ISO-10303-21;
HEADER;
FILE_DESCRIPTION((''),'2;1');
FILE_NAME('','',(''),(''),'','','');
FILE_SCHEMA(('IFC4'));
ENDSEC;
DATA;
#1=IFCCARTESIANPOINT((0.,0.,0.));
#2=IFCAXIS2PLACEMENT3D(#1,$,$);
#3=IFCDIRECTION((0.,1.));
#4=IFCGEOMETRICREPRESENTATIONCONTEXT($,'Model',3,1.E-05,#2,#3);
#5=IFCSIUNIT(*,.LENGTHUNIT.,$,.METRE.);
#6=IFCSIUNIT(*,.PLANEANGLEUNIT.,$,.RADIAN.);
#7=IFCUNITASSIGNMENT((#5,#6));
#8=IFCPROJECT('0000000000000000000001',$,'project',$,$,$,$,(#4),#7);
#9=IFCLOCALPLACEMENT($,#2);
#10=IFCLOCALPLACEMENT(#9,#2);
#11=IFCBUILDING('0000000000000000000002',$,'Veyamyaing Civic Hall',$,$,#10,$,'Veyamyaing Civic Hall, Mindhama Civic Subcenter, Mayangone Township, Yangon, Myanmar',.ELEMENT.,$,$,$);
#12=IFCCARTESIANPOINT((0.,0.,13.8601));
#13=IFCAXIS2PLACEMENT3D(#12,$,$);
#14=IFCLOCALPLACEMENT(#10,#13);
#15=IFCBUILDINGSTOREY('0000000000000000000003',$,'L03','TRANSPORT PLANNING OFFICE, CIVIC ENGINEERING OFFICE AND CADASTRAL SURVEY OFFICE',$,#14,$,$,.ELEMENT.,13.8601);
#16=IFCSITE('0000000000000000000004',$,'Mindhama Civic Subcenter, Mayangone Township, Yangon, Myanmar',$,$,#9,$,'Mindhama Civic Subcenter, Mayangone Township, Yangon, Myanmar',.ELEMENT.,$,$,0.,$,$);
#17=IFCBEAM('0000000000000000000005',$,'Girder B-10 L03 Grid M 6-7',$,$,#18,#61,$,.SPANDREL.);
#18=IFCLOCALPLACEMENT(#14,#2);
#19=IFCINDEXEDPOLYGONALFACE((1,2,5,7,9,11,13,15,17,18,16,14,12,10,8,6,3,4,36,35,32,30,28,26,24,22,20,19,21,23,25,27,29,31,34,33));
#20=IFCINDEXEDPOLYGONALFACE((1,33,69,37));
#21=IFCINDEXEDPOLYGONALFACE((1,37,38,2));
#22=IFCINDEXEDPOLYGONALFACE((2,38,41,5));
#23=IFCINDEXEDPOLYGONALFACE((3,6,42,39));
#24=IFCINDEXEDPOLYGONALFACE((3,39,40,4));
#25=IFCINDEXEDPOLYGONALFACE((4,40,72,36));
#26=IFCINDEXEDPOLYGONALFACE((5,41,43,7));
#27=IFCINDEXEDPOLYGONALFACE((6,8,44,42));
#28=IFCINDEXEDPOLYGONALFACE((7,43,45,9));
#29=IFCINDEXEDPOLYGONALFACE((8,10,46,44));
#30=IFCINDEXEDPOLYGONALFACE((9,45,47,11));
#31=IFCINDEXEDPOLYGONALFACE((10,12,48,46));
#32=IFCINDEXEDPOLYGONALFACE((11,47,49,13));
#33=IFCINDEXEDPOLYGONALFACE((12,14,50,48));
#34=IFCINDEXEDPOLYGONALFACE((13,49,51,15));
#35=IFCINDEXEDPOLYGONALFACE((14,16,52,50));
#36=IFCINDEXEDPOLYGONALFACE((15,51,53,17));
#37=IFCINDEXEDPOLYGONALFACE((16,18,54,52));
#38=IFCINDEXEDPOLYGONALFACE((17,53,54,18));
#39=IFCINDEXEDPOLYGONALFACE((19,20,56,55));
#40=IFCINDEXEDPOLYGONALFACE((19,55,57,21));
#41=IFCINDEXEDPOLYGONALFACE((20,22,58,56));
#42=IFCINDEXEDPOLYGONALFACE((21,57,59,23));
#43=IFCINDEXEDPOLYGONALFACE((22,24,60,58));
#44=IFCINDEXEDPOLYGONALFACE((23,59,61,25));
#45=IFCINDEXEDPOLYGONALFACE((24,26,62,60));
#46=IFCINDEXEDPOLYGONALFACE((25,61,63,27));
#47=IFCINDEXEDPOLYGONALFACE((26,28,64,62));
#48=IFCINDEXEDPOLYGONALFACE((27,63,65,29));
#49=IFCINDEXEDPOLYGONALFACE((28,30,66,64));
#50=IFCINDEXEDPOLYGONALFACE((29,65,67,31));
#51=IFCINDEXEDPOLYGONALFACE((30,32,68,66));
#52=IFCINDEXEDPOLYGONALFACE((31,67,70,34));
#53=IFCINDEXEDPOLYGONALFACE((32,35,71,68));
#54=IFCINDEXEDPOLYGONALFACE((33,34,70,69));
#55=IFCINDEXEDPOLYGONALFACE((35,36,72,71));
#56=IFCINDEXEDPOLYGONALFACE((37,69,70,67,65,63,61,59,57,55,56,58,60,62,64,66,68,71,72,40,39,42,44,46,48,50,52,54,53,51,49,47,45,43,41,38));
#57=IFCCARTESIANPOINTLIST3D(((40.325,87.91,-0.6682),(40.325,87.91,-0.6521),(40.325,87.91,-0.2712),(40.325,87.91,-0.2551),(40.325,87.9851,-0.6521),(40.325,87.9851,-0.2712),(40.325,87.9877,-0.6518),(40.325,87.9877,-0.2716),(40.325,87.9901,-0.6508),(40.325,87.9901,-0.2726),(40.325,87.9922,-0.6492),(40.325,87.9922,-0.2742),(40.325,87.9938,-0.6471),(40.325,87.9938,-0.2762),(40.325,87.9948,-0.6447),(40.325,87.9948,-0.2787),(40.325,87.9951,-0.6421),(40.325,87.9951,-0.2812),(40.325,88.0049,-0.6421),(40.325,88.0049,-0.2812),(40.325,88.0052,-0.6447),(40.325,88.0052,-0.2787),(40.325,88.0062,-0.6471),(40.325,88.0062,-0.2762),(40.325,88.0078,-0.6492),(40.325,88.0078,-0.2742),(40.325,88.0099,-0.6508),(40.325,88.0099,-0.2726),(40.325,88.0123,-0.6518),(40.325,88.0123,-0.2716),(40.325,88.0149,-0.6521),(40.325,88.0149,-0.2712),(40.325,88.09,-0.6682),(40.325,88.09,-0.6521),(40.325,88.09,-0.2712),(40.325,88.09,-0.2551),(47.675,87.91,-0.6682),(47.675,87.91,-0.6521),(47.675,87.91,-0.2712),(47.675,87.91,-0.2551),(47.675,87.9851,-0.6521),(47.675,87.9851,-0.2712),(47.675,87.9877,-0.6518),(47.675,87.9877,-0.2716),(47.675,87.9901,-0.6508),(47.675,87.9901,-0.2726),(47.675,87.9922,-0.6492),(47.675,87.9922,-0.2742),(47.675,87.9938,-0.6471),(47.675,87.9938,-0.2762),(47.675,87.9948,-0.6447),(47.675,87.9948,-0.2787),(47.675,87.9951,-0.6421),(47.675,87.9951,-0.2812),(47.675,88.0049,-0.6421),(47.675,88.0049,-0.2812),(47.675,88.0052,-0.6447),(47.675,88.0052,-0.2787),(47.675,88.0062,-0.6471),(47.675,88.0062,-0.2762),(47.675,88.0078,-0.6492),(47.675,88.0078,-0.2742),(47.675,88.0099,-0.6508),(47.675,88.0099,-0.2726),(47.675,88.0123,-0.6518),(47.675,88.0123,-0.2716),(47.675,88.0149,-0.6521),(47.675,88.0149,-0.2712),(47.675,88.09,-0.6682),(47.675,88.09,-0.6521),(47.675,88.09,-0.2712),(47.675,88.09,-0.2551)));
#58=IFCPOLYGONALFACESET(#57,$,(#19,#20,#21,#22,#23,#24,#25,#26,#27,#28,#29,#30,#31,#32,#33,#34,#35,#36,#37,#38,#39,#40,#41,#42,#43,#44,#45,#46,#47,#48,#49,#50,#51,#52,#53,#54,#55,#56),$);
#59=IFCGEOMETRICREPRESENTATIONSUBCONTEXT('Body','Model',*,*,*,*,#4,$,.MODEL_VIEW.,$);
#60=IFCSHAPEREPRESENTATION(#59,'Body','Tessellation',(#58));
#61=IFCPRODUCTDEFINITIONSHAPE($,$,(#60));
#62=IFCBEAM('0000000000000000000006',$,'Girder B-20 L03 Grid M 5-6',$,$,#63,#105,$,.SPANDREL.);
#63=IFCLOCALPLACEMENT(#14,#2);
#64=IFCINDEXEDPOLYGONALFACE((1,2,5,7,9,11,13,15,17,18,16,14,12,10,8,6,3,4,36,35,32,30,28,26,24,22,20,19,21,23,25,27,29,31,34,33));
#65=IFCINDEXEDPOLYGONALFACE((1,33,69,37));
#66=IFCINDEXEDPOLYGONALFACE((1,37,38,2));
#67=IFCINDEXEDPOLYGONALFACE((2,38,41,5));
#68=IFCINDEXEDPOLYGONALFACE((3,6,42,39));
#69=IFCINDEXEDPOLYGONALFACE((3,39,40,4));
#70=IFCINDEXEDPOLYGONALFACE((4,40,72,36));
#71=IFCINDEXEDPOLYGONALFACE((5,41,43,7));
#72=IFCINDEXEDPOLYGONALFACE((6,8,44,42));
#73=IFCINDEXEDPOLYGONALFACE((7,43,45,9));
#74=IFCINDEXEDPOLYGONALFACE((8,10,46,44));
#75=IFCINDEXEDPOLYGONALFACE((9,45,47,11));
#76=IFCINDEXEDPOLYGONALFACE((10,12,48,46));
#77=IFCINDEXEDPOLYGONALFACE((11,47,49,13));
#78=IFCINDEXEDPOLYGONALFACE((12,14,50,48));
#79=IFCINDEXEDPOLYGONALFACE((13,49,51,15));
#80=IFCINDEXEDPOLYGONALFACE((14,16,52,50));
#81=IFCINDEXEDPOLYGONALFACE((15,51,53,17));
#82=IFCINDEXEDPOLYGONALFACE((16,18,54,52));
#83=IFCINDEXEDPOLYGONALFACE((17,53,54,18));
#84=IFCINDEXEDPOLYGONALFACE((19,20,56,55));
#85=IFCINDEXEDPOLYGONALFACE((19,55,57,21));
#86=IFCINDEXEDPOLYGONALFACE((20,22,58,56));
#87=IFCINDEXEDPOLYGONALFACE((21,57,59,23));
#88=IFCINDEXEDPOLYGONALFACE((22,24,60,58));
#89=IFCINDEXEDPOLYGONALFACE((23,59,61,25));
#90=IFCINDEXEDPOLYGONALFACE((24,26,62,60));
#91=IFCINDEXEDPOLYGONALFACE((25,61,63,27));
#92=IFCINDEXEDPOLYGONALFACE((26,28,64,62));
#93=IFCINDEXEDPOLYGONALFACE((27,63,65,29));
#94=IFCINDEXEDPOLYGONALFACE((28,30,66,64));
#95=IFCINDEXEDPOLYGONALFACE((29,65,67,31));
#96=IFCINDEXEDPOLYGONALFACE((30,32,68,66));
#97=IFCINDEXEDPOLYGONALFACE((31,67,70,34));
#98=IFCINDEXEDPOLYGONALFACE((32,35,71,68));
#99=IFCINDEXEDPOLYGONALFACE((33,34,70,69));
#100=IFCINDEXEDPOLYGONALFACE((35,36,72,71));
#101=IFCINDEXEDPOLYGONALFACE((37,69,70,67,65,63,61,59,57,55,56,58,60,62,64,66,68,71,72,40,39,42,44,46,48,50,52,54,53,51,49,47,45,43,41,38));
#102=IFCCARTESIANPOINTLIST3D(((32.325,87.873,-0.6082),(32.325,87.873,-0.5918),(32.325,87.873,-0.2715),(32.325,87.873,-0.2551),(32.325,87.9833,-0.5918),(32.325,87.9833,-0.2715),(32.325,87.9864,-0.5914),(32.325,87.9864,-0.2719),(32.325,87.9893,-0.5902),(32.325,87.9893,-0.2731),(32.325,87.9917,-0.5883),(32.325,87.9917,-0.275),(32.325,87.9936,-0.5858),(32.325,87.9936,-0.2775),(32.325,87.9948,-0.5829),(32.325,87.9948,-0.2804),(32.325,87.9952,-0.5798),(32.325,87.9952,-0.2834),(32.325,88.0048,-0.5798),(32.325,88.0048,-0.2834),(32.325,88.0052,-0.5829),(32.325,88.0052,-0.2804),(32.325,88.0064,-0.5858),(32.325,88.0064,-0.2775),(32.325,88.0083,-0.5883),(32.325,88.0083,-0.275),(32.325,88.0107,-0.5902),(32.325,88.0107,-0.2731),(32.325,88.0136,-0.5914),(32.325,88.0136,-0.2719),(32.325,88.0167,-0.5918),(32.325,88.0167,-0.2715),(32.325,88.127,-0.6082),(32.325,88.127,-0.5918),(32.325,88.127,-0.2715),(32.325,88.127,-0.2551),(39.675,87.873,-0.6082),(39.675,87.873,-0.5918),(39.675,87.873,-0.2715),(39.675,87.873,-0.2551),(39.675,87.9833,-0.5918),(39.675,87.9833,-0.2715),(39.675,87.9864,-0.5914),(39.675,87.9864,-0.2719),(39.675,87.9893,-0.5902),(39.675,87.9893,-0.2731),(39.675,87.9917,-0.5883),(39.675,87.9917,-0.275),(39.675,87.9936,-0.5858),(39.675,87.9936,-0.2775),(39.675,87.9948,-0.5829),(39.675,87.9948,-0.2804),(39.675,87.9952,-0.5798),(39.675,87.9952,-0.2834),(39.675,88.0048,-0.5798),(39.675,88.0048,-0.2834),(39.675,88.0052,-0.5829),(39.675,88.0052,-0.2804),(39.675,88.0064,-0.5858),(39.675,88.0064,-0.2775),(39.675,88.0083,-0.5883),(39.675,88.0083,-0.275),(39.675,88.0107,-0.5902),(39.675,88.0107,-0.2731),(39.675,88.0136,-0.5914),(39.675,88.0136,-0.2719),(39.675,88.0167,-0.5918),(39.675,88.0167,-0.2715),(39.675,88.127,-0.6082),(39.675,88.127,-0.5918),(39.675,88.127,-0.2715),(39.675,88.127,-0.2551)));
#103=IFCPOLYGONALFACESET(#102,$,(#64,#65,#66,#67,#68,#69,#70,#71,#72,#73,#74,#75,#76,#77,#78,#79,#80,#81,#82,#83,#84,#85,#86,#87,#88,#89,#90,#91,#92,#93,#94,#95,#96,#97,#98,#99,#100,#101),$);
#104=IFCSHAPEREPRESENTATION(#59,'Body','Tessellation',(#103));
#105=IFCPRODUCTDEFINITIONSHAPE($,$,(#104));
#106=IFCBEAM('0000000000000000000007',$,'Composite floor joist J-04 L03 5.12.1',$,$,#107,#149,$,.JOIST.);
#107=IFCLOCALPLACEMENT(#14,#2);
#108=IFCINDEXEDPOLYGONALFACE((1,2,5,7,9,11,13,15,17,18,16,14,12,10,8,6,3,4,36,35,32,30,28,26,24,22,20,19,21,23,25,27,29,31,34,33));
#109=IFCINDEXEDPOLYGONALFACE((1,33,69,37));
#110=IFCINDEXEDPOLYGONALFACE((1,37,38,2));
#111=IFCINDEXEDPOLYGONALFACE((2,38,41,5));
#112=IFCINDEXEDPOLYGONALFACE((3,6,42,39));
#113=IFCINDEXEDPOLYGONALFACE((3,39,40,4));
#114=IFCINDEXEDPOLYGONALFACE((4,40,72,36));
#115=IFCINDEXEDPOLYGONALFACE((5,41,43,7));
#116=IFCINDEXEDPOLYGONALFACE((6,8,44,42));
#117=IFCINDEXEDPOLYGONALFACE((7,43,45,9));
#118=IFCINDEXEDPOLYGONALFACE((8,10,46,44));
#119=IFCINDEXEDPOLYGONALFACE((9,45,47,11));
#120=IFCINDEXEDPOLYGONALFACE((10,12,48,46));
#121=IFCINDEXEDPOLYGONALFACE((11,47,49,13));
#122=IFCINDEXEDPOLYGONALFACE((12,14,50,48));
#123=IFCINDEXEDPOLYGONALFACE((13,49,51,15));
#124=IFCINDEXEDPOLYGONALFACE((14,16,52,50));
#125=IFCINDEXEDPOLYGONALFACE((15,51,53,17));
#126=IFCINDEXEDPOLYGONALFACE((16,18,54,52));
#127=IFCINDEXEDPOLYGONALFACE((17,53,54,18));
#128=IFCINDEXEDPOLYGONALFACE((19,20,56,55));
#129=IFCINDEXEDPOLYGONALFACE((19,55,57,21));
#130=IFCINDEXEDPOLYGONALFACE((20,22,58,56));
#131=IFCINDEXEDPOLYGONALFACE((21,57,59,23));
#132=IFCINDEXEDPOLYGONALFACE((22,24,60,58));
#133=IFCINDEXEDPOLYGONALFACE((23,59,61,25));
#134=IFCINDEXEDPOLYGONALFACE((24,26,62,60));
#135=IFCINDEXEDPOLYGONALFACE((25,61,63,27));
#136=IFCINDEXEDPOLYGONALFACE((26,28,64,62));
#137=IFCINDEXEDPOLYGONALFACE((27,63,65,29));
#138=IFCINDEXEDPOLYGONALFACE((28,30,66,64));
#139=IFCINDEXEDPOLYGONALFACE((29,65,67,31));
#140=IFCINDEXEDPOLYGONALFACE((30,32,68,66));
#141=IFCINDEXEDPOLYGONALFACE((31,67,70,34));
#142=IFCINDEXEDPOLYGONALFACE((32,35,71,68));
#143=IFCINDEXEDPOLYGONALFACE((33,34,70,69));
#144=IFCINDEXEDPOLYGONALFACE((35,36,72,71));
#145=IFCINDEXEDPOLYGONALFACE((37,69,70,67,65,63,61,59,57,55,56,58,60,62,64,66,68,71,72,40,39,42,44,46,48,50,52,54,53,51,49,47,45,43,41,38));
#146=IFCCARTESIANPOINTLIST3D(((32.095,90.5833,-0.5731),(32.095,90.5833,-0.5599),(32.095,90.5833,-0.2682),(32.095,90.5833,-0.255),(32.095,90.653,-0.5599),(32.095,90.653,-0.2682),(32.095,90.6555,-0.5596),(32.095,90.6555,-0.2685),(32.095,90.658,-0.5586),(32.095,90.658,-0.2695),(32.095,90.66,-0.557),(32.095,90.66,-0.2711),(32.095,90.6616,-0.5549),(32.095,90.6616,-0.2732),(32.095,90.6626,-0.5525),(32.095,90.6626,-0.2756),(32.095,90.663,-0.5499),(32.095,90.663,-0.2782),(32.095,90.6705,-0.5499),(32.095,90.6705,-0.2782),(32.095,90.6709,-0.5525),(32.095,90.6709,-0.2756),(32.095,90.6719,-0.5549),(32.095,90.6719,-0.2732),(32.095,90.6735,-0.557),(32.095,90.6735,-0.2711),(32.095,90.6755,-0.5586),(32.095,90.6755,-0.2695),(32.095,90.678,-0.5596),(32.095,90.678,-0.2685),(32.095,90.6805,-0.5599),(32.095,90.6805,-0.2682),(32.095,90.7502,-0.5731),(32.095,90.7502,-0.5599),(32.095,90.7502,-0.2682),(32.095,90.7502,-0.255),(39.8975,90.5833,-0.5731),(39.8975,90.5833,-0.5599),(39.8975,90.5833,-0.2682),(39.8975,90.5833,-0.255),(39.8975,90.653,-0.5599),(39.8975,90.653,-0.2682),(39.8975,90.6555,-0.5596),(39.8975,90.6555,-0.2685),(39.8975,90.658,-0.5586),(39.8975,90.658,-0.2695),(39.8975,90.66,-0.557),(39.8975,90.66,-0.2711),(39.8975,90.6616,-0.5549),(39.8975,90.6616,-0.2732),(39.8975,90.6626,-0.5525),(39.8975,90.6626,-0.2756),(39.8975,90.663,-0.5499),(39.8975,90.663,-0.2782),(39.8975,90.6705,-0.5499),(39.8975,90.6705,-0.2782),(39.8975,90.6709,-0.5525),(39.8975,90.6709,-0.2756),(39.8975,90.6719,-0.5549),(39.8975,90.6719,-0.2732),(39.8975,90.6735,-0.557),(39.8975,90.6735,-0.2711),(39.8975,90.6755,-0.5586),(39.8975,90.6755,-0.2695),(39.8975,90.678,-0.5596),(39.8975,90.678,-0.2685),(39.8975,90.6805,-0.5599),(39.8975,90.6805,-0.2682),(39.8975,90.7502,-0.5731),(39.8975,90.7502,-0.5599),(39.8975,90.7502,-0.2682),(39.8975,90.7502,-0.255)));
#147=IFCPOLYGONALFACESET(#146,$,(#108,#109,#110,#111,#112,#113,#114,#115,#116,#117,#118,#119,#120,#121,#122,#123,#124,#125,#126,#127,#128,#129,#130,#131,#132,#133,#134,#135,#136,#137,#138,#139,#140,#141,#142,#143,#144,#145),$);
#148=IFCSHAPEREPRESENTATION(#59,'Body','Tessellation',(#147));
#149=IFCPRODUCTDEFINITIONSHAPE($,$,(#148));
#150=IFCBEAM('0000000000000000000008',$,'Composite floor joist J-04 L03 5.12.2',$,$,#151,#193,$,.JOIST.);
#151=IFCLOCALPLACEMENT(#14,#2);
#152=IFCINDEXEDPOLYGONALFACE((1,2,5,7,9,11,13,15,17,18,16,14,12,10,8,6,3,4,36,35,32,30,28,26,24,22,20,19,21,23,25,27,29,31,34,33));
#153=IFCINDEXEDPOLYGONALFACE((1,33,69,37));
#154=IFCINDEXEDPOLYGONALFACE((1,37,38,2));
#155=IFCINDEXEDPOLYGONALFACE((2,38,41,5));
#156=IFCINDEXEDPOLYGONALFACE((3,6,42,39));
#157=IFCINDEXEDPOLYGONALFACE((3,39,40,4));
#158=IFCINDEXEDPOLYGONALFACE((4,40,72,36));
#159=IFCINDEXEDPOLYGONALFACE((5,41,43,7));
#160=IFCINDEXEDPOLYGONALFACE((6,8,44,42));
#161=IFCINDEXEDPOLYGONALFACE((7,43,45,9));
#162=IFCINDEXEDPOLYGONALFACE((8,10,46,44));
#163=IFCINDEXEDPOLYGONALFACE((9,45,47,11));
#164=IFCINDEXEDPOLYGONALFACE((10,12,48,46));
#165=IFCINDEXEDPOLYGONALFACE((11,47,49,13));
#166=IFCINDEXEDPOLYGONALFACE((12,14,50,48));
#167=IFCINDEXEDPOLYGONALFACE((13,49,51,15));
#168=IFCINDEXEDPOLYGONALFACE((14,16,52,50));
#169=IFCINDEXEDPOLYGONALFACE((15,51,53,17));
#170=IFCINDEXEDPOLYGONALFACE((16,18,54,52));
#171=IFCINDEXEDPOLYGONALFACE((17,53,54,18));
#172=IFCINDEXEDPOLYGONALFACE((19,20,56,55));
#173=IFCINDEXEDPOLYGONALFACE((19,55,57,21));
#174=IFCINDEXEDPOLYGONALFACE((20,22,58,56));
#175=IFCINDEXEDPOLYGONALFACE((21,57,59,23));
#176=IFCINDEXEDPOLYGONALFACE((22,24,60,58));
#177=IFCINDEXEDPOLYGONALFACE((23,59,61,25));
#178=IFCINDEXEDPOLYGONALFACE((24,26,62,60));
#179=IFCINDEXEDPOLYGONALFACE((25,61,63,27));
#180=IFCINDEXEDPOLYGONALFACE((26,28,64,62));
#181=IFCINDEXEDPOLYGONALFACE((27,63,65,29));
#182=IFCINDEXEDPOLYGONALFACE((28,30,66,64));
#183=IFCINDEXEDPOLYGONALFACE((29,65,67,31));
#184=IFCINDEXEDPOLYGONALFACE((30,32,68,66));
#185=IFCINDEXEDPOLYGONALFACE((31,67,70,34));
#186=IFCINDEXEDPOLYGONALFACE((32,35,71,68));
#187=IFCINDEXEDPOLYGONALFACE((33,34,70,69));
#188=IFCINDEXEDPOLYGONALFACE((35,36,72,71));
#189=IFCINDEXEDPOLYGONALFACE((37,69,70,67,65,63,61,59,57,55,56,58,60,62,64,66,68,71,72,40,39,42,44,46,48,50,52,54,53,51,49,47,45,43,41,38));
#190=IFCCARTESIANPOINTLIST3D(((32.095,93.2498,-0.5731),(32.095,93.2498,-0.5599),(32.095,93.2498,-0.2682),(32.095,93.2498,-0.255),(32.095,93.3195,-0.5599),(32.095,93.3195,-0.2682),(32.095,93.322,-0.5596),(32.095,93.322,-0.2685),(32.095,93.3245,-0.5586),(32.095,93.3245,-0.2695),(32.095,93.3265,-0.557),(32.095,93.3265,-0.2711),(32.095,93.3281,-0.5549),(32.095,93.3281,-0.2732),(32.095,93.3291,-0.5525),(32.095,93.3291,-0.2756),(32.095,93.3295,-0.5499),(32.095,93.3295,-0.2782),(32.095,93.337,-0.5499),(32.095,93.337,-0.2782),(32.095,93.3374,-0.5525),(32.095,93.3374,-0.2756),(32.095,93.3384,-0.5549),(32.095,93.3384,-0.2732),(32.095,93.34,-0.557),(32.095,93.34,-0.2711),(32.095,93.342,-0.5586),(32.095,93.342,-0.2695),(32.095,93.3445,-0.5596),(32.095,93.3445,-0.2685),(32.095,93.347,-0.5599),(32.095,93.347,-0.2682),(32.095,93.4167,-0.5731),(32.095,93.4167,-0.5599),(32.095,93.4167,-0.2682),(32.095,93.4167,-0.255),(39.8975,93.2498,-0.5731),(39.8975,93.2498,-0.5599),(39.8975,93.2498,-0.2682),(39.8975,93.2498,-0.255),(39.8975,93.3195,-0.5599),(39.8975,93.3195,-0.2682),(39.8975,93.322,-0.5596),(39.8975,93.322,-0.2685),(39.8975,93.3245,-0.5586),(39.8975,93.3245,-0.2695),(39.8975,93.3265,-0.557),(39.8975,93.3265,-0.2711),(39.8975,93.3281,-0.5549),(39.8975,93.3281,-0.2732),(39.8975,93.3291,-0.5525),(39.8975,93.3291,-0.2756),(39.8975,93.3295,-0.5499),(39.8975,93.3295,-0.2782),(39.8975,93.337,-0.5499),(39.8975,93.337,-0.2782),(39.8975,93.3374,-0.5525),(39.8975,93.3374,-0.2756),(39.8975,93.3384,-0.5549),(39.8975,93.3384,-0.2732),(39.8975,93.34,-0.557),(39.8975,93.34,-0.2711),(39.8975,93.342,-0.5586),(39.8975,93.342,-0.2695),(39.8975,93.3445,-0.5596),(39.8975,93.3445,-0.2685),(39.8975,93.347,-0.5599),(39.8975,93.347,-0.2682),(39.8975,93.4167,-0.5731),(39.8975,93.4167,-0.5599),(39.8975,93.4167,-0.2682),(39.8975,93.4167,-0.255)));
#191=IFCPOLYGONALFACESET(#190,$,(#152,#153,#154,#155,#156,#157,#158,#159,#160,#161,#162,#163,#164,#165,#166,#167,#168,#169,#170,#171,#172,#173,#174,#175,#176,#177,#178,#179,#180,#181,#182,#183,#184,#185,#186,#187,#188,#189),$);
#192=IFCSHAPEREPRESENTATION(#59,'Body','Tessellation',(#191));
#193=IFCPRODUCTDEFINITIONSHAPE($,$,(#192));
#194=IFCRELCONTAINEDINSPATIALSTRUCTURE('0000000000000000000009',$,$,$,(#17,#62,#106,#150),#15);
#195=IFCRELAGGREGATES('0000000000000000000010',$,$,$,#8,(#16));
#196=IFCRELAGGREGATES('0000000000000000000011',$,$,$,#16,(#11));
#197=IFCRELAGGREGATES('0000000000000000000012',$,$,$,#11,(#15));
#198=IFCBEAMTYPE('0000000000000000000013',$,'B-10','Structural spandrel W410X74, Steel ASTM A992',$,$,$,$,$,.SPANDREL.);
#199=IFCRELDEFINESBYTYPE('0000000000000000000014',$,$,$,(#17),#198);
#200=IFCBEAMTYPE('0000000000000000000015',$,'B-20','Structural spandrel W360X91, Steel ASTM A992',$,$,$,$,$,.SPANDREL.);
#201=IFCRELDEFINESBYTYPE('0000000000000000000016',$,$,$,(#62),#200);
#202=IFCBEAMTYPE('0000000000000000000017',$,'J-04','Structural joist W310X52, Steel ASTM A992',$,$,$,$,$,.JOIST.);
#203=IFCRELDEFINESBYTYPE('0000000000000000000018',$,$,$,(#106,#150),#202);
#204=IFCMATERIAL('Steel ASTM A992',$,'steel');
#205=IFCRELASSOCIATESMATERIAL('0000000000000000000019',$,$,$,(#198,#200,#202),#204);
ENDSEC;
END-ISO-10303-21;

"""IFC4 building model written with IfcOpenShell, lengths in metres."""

from ifc_helpers import new_model, si_unit, direction, frame, origin, origin_2d, place, context, subcontext, project, spatial, i_section, extrude, material, material_profile, profile_set, type_object, element, save


model = new_model("IFC4")

# Units and contexts
model_context = context("Model", 3, precision=1e-05, world=origin(), true_north=direction((0.0, 1.0)))
body_context = subcontext(model_context, "Body", "Model", "MODEL_VIEW")
ifc_project = project(units=[si_unit("LENGTHUNIT", "METRE"), si_unit("PLANEANGLEUNIT", "RADIAN")], contexts=[model_context])

# Site, building, storey
site_placement = place(None, origin())
site = spatial("IfcSite", under=ifc_project, at=site_placement, Name="Mindhama Civic Subcenter, Mayangone Township, Yangon, Myanmar", LongName="Mindhama Civic Subcenter, Mayangone Township, Yangon, Myanmar", CompositionType="ELEMENT", RefElevation=0.0)
building_placement = place(site_placement, origin())
building = spatial("IfcBuilding", under=site, at=building_placement, Name="Veyamyaing Civic Hall", LongName="Veyamyaing Civic Hall, Mindhama Civic Subcenter, Mayangone Township, Yangon, Myanmar", CompositionType="ELEMENT")
storey_placement = place(building_placement, frame((0.0, 0.0, 13.8601)))
storey = spatial("IfcBuildingStorey", under=building, at=storey_placement, Name="L03", Description="TRANSPORT PLANNING OFFICE, CIVIC ENGINEERING OFFICE AND CADASTRAL SURVEY OFFICE", CompositionType="ELEMENT", Elevation=13.8601)

# Beams
ifc_material_1 = material(Name="Steel ASTM A992", Category="steel")
ifc_material_profile_1 = material_profile(ifc_material_1, i_section(OverallWidth=0.1799, OverallDepth=0.4131, WebThickness=0.0098, FlangeThickness=0.0161, FilletRadius=0.01, at=origin_2d()), Name="W410X74")
ifc_profile_set_1 = profile_set([ifc_material_profile_1], Name="Steel ASTM A992")
beam_type_1 = type_object("IfcBeamType", Name="B-10", Description="Structural spandrel W410X74, Steel ASTM A992", PredefinedType="SPANDREL", material=ifc_profile_set_1)
beam_1_placement = place(storey_placement, frame((40.325, 88.0, -0.4617), z_axis=(1.0, 0.0, 0.0), x_axis=(0.0, 1.0, 0.0)))
element("IfcBeam", 1, at=beam_1_placement, inside=storey, type_object=beam_type_1, Name="Girder B-10 L03 Grid M 6-7", PredefinedType="SPANDREL", context=body_context, shape_type="SweptSolid", body=[
    extrude(i_section(OverallWidth=0.1799, OverallDepth=0.4131, WebThickness=0.0098, FlangeThickness=0.0161, FilletRadius=0.01, at=origin_2d()), origin(), (0.0, 0.0, 1.0), 7.3501),
])
ifc_material_profile_2 = material_profile(ifc_material_1, i_section(OverallWidth=0.2539, OverallDepth=0.353, WebThickness=0.0095, FlangeThickness=0.0164, FilletRadius=0.012, at=origin_2d()), Name="W360X91")
ifc_profile_set_2 = profile_set([ifc_material_profile_2], Name="Steel ASTM A992")
beam_type_2 = type_object("IfcBeamType", Name="B-20", Description="Structural spandrel W360X91, Steel ASTM A992", PredefinedType="SPANDREL", material=ifc_profile_set_2)
beam_2_placement = place(storey_placement, frame((32.325, 88.0, -0.4316), z_axis=(1.0, 0.0, 0.0), x_axis=(0.0, 1.0, 0.0)))
element("IfcBeam", 2, at=beam_2_placement, inside=storey, type_object=beam_type_2, Name="Girder B-20 L03 Grid M 5-6", PredefinedType="SPANDREL", context=body_context, shape_type="SweptSolid", body=[
    extrude(i_section(OverallWidth=0.2539, OverallDepth=0.353, WebThickness=0.0095, FlangeThickness=0.0164, FilletRadius=0.012, at=origin_2d()), origin(), (0.0, 0.0, 1.0), 7.3501),
])
ifc_material_profile_3 = material_profile(ifc_material_1, i_section(OverallWidth=0.167, OverallDepth=0.3181, WebThickness=0.0076, FlangeThickness=0.0132, FilletRadius=0.01, at=origin_2d()), Name="W310X52")
ifc_profile_set_3 = profile_set([ifc_material_profile_3], Name="Steel ASTM A992")
beam_type_3 = type_object("IfcBeamType", Name="J-04", Description="Structural joist W310X52, Steel ASTM A992", PredefinedType="JOIST", material=ifc_profile_set_3)
for number, where, z_axis, x_axis, name in (
    (3, (32.095, 90.6667, -0.4141), (1.0, 0.0, 0.0), (0.0, 1.0, 0.0), "Composite floor joist J-04 L03 5.12.1"),
    (4, (32.095, 93.3333, -0.4141), (1.0, 0.0, 0.0), (0.0, 1.0, 0.0), "Composite floor joist J-04 L03 5.12.2"),
):
    element("IfcBeam", number, at=place(storey_placement, frame(where, z_axis=z_axis, x_axis=x_axis)), inside=storey, type_object=beam_type_3, Name=name, PredefinedType="JOIST", context=body_context, shape_type="SweptSolid", body=[
        extrude(i_section(OverallWidth=0.167, OverallDepth=0.3181, WebThickness=0.0076, FlangeThickness=0.0132, FilletRadius=0.01, at=origin_2d()), origin(), (0.0, 0.0, 1.0), 7.8025),
    ])

save(model, "model.ifc")
